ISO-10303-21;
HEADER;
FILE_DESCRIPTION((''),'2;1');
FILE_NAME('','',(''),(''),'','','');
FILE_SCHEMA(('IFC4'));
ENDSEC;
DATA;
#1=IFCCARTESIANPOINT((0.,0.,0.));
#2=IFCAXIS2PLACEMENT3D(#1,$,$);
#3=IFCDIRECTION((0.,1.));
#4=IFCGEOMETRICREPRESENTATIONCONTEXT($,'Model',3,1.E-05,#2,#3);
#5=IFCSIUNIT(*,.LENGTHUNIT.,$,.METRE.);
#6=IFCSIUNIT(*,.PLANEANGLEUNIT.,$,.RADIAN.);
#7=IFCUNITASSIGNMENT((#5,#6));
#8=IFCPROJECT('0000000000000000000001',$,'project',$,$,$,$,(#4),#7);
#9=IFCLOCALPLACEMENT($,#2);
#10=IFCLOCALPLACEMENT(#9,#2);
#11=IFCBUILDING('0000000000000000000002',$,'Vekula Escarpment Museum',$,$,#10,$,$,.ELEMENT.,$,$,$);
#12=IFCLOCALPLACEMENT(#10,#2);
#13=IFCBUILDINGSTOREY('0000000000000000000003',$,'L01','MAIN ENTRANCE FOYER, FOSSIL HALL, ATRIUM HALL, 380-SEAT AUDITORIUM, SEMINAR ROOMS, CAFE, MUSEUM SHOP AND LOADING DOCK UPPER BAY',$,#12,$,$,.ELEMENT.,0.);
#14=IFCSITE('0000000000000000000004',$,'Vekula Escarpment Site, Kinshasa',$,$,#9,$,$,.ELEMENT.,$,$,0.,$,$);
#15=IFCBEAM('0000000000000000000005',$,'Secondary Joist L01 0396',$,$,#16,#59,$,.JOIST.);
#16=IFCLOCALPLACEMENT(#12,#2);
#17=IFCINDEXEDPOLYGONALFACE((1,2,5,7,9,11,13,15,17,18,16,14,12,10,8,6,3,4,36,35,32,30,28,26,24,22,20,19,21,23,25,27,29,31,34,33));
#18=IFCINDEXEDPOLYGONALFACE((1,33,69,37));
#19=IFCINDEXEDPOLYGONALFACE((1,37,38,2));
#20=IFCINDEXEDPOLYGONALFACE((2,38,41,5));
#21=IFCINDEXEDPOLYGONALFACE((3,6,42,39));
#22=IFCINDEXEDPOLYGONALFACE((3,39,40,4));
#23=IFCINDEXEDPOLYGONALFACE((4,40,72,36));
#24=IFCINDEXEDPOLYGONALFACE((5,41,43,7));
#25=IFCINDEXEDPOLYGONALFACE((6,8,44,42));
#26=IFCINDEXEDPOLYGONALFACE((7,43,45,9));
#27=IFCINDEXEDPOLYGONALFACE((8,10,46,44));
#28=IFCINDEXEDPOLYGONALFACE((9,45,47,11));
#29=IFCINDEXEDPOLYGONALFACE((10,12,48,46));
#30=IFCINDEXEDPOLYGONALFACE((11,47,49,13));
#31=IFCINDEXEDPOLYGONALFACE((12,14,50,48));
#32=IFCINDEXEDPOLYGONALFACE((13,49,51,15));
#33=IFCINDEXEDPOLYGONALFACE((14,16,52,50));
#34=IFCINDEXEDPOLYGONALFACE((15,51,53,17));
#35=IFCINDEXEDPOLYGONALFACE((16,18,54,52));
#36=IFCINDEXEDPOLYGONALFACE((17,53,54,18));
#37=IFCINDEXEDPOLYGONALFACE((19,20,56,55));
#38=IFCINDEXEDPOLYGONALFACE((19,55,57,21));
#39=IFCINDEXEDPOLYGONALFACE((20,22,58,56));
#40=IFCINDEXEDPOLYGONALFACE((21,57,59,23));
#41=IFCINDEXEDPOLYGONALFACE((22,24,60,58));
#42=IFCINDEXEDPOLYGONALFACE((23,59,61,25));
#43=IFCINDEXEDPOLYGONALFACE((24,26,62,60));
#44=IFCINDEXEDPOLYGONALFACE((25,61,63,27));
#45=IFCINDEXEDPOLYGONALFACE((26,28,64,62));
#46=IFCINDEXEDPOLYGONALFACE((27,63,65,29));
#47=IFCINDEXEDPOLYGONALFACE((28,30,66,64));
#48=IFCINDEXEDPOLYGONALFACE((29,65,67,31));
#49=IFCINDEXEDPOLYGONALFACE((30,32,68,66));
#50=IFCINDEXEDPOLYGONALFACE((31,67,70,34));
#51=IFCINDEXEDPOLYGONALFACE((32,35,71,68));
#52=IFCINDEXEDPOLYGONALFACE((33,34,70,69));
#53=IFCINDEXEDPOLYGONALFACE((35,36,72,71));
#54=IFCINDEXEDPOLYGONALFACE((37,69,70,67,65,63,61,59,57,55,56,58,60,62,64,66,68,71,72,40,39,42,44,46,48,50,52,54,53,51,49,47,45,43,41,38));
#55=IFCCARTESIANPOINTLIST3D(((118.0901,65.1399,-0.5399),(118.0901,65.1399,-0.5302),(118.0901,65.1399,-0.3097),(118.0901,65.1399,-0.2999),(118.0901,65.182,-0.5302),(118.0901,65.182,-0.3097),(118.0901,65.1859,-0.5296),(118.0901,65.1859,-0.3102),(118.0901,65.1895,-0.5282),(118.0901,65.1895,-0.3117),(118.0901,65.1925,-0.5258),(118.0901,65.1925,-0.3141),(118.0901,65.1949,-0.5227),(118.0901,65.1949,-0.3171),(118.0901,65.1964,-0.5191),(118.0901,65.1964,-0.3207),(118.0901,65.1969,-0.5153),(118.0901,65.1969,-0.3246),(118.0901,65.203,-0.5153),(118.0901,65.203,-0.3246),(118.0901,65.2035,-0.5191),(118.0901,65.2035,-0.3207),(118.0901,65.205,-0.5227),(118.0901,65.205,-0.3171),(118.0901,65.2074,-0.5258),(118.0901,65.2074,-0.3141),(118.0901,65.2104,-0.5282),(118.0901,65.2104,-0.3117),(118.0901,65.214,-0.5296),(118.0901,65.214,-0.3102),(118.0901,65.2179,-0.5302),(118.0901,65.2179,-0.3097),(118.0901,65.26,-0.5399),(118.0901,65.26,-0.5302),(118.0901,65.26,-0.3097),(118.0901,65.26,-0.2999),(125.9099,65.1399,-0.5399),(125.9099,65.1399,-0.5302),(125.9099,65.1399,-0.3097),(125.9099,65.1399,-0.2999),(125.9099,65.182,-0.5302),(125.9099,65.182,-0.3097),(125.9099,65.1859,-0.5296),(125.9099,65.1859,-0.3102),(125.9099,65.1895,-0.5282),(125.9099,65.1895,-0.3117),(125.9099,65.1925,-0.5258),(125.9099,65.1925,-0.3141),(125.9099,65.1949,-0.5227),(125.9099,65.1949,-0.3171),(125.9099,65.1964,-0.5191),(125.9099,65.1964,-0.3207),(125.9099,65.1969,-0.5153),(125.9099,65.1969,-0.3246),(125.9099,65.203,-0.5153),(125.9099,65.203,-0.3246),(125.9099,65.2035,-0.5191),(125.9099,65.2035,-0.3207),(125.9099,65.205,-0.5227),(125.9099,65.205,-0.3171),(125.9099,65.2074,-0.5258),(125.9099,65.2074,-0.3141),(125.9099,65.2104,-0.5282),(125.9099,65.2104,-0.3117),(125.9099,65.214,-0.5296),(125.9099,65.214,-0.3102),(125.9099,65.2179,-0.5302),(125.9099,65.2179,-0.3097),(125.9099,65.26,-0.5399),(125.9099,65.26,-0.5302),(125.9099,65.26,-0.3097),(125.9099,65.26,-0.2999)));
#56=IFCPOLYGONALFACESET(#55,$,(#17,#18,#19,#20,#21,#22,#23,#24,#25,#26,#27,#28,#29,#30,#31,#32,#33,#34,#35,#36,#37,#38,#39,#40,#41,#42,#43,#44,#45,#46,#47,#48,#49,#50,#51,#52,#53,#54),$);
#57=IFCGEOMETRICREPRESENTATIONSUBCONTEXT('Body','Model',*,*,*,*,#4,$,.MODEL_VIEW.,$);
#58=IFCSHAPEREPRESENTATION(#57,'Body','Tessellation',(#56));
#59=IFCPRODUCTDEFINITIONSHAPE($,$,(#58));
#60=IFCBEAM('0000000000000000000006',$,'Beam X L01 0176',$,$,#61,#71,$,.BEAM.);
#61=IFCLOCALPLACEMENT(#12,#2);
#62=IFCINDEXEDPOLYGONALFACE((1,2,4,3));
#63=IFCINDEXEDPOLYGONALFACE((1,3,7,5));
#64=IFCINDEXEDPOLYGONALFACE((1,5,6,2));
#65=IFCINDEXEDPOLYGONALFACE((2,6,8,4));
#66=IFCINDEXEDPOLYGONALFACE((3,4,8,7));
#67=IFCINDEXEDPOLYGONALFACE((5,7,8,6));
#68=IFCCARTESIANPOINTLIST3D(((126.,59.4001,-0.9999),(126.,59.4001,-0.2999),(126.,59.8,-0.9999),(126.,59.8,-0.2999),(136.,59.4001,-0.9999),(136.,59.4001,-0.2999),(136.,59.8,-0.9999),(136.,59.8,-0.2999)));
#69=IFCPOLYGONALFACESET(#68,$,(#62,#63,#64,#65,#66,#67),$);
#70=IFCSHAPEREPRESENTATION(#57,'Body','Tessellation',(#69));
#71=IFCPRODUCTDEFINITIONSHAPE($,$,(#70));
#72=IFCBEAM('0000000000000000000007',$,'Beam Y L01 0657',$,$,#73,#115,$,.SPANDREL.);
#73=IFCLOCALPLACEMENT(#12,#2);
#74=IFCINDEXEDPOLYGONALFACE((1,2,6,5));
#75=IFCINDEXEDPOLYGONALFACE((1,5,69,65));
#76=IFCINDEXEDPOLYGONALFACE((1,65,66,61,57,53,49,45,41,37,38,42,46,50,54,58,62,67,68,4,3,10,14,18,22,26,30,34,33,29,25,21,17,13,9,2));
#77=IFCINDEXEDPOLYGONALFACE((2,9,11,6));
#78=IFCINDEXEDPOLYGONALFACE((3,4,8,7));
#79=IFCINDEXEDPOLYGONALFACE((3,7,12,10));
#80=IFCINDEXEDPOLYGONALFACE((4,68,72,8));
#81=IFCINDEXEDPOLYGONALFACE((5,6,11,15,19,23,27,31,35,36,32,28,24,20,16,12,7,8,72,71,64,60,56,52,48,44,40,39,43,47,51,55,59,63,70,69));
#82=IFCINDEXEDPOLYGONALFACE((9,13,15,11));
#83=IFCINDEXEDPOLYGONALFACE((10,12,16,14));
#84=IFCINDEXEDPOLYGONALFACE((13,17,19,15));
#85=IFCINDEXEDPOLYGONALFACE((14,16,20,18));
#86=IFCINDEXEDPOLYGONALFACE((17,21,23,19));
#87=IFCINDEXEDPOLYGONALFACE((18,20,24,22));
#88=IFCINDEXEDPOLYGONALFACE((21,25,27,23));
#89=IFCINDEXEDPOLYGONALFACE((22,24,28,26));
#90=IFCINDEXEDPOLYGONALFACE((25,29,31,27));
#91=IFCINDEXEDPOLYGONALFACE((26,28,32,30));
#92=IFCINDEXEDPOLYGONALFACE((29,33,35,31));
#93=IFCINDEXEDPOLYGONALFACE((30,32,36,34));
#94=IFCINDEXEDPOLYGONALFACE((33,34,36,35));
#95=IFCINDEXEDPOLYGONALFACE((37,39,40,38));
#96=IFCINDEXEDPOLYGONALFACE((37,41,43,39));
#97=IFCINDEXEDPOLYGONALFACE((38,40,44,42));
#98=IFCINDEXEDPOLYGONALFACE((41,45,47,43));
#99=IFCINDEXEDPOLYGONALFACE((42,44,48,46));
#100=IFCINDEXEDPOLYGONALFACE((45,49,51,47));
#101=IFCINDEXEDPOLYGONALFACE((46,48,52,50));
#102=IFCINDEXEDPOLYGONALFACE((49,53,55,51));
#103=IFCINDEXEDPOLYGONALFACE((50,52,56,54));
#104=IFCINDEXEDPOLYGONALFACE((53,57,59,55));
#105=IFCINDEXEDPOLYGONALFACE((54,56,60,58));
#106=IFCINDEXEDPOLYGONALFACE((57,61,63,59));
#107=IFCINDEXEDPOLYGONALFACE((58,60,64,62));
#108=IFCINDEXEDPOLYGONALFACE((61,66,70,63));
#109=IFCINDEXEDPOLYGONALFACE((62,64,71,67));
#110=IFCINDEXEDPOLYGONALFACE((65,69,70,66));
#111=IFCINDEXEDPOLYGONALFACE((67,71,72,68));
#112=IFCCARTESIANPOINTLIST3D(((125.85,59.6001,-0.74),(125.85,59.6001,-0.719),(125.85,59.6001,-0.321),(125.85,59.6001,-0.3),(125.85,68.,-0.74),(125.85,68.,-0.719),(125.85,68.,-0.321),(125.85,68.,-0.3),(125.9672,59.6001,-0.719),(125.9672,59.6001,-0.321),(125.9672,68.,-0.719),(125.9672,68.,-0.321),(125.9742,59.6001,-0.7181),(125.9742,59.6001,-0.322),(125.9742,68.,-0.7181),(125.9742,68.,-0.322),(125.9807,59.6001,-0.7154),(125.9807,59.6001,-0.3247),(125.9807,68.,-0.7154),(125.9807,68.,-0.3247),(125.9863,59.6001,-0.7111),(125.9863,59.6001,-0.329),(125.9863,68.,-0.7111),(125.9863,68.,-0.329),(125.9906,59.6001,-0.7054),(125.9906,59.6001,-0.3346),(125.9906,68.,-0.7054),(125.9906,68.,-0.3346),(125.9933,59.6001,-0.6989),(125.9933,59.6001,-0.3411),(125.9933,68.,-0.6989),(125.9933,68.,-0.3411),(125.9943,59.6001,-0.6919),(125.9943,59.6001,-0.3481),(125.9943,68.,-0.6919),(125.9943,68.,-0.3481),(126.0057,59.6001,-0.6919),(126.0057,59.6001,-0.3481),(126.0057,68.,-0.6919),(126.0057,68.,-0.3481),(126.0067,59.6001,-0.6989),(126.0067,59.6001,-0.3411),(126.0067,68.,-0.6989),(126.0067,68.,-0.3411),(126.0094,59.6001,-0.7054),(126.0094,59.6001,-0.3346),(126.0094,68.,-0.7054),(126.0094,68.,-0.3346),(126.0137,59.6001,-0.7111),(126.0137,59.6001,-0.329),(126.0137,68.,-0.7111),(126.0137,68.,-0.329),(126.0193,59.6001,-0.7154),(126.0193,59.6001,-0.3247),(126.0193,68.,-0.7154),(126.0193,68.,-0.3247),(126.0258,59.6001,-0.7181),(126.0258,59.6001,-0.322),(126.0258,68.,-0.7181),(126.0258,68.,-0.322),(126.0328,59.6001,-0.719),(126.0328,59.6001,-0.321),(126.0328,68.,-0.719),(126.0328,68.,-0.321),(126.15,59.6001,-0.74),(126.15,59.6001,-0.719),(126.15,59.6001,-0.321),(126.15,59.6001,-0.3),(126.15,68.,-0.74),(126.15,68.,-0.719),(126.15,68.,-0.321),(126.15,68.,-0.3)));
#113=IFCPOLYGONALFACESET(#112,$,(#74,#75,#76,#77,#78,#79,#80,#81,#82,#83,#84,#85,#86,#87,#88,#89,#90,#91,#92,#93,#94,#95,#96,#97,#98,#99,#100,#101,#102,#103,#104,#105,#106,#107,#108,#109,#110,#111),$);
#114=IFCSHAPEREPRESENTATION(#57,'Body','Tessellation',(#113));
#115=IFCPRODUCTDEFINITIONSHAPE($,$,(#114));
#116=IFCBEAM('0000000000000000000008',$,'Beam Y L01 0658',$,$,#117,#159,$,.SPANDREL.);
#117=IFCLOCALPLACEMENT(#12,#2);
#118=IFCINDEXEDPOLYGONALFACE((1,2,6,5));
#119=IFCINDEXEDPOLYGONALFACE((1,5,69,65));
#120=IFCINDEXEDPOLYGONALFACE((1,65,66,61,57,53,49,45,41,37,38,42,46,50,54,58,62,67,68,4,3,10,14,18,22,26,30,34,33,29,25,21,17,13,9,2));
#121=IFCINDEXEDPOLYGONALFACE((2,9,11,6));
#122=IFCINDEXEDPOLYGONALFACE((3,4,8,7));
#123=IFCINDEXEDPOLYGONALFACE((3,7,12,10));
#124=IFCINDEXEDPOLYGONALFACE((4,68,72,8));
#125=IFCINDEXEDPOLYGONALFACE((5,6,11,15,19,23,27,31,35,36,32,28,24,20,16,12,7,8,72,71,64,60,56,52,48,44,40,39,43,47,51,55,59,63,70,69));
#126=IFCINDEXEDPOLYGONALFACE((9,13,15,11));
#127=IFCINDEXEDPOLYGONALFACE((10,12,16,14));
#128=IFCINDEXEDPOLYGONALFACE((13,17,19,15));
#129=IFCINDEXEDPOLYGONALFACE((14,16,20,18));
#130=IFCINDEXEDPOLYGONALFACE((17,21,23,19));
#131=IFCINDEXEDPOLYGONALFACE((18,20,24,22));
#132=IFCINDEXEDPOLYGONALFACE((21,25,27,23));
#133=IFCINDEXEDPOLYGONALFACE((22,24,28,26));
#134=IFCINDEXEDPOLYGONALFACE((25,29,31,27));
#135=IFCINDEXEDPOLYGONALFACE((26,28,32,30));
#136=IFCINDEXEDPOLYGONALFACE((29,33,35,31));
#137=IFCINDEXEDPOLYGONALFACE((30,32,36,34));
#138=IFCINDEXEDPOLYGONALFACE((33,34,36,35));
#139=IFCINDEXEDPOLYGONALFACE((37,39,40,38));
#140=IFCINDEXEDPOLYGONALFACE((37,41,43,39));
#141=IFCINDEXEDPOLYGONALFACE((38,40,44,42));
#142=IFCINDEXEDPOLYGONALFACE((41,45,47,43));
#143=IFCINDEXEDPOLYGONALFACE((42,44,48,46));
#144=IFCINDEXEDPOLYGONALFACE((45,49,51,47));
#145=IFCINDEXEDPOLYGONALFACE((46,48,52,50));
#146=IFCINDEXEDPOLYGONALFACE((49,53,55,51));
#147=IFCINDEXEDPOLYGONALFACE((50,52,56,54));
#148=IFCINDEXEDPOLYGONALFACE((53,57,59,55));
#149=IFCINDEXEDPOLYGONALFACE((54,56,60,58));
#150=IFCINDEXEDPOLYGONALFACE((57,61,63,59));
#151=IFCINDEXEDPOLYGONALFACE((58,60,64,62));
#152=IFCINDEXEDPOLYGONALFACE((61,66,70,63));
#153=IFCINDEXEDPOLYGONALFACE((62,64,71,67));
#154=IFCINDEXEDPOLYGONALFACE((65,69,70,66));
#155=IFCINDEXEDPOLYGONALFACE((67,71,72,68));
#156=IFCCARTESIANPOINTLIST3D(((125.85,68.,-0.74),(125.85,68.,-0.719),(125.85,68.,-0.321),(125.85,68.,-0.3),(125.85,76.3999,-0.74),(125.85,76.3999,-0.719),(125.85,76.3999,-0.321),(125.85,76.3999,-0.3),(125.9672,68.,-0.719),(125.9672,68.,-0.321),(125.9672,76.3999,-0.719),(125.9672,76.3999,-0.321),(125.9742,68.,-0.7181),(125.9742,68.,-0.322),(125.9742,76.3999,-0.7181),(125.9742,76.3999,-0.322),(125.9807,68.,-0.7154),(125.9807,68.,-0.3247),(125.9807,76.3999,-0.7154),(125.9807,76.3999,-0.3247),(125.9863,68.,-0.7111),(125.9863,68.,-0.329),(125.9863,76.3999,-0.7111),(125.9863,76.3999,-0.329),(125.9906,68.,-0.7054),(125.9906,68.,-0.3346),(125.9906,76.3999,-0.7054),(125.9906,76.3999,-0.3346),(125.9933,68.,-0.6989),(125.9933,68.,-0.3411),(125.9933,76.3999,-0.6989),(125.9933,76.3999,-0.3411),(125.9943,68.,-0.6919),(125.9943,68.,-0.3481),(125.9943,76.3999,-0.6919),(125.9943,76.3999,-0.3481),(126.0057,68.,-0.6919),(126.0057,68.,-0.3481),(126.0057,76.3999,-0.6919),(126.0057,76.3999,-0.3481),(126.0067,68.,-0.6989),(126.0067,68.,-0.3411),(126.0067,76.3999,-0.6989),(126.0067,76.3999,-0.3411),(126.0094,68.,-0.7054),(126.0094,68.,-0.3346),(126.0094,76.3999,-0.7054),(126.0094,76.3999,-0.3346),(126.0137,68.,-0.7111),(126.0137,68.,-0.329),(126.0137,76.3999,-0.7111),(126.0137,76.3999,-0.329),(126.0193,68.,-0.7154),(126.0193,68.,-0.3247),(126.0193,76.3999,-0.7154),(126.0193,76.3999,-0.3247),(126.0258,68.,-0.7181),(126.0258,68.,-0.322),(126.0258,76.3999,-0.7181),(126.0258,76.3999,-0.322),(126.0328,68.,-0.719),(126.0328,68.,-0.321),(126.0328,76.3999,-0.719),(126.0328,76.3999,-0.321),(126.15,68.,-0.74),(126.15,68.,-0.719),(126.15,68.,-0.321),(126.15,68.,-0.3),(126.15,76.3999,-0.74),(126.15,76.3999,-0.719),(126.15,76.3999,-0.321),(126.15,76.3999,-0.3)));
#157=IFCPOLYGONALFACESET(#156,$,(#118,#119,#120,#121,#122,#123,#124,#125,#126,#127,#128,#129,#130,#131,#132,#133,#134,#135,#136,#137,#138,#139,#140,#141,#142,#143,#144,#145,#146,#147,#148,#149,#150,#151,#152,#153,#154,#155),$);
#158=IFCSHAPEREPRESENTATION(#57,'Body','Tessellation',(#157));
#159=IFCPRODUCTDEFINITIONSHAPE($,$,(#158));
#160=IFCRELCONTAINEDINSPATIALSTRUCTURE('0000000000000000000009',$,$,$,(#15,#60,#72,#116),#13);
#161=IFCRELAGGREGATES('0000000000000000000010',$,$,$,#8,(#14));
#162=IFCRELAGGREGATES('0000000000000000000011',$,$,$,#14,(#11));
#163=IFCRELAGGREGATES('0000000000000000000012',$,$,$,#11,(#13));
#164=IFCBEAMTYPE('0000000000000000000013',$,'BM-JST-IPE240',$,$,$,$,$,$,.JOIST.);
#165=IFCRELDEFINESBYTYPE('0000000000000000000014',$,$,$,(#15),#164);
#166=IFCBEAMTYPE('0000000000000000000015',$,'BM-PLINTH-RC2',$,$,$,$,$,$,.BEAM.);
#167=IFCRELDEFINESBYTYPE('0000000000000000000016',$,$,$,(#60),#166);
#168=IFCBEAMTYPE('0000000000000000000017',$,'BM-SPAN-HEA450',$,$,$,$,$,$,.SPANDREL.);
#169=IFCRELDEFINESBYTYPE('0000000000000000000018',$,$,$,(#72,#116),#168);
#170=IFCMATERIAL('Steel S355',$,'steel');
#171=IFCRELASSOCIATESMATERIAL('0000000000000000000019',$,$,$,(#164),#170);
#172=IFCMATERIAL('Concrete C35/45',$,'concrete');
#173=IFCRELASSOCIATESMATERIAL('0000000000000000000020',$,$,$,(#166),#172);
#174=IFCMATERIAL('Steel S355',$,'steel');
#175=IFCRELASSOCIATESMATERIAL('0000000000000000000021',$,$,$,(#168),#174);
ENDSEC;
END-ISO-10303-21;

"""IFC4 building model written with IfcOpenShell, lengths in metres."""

from ifc_helpers import new_model, si_unit, direction, frame, origin, origin_2d, place, context, subcontext, project, spatial, rectangle, i_section, extrude, material, material_profile, profile_set, type_object, element, save


model = new_model("IFC4")

# Units and contexts
model_context = context("Model", 3, precision=1e-05, world=origin(), true_north=direction((0.0, 1.0)))
body_context = subcontext(model_context, "Body", "Model", "MODEL_VIEW")
ifc_project = project(units=[si_unit("LENGTHUNIT", "METRE"), si_unit("PLANEANGLEUNIT", "RADIAN")], contexts=[model_context])

# Site, building, storey
site_placement = place(None, origin())
site = spatial("IfcSite", under=ifc_project, at=site_placement, Name="Vekula Escarpment Site, Kinshasa", CompositionType="ELEMENT", RefElevation=0.0)
building_placement = place(site_placement, origin())
building = spatial("IfcBuilding", under=site, at=building_placement, Name="Vekula Escarpment Museum", CompositionType="ELEMENT")
storey_placement = place(building_placement, origin())
storey = spatial("IfcBuildingStorey", under=building, at=storey_placement, Name="L01", Description="MAIN ENTRANCE FOYER, FOSSIL HALL, ATRIUM HALL, 380-SEAT AUDITORIUM, SEMINAR ROOMS, CAFE, MUSEUM SHOP AND LOADING DOCK UPPER BAY", CompositionType="ELEMENT", Elevation=0.0)

# Beams
ifc_material_1 = material(Name="Steel S355", Category="steel")
ifc_material_profile_1 = material_profile(ifc_material_1, i_section(OverallWidth=0.1201, OverallDepth=0.24, WebThickness=0.0061, FlangeThickness=0.0098, FilletRadius=0.0149, at=origin_2d()), Name="IPE 240")
ifc_profile_set_1 = profile_set([ifc_material_profile_1], Name="Steel S355")
beam_type_1 = type_object("IfcBeamType", Name="BM-JST-IPE240", PredefinedType="JOIST", material=ifc_profile_set_1)
for number, where, z_axis, x_axis, name in (
    (1, (118.0901, 65.2, -0.4199), (1.0, 0.0, 0.0), (0.0, 1.0, 0.0), "Secondary Joist L01 0396"),
):
    element("IfcBeam", number, at=place(storey_placement, frame(where, z_axis=z_axis, x_axis=x_axis)), inside=storey, type_object=beam_type_1, Name=name, PredefinedType="JOIST", context=body_context, shape_type="SweptSolid", body=[
        extrude(i_section(OverallWidth=0.1201, OverallDepth=0.24, WebThickness=0.0061, FlangeThickness=0.0098, FilletRadius=0.0149, at=origin_2d()), origin(), (0.0, 0.0, 1.0), 7.8198),
    ])
ifc_material_2 = material(Name="Concrete C35/45", Category="concrete")
ifc_material_profile_2 = material_profile(ifc_material_2, rectangle(XDim=0.3999, YDim=0.7, at=origin_2d()), Name="RC 400x700")
ifc_profile_set_2 = profile_set([ifc_material_profile_2], Name="Concrete C35/45")
beam_type_2 = type_object("IfcBeamType", Name="BM-PLINTH-RC2", PredefinedType="BEAM", material=ifc_profile_set_2)
beam_1_placement = place(storey_placement, frame((126.0, 59.6001, -0.6499), z_axis=(1.0, 0.0, 0.0), x_axis=(0.0, 1.0, 0.0)))
element("IfcBeam", 2, at=beam_1_placement, inside=storey, type_object=beam_type_2, Name="Beam X L01 0176", PredefinedType="BEAM", context=body_context, shape_type="SweptSolid", body=[
    extrude(rectangle(XDim=0.3999, YDim=0.7, at=origin_2d()), origin(), (0.0, 0.0, 1.0), 10.0),
])
ifc_material_3 = material(Name="Steel S355", Category="steel")
ifc_material_profile_3 = material_profile(ifc_material_3, i_section(OverallWidth=0.3, OverallDepth=0.4399, WebThickness=0.0115, FlangeThickness=0.021, FilletRadius=0.0271, at=origin_2d()), Name="HEA 450")
ifc_profile_set_3 = profile_set([ifc_material_profile_3], Name="Steel S355")
beam_type_3 = type_object("IfcBeamType", Name="BM-SPAN-HEA450", PredefinedType="SPANDREL", material=ifc_profile_set_3)
for number, where, z_axis, x_axis, name in (
    (3, (126.0, 59.6001, -0.52), (0.0, 1.0, 0.0), (-1.0, 0.0, 0.0), "Beam Y L01 0657"),
    (4, (126.0, 68.0, -0.52), (0.0, 1.0, 0.0), (-1.0, 0.0, 0.0), "Beam Y L01 0658"),
):
    element("IfcBeam", number, at=place(storey_placement, frame(where, z_axis=z_axis, x_axis=x_axis)), inside=storey, type_object=beam_type_3, Name=name, PredefinedType="SPANDREL", context=body_context, shape_type="SweptSolid", body=[
        extrude(i_section(OverallWidth=0.3, OverallDepth=0.4399, WebThickness=0.0115, FlangeThickness=0.021, FilletRadius=0.0271, at=origin_2d()), origin(), (0.0, 0.0, 1.0), 8.3999),
    ])

save(model, "model.ifc")
